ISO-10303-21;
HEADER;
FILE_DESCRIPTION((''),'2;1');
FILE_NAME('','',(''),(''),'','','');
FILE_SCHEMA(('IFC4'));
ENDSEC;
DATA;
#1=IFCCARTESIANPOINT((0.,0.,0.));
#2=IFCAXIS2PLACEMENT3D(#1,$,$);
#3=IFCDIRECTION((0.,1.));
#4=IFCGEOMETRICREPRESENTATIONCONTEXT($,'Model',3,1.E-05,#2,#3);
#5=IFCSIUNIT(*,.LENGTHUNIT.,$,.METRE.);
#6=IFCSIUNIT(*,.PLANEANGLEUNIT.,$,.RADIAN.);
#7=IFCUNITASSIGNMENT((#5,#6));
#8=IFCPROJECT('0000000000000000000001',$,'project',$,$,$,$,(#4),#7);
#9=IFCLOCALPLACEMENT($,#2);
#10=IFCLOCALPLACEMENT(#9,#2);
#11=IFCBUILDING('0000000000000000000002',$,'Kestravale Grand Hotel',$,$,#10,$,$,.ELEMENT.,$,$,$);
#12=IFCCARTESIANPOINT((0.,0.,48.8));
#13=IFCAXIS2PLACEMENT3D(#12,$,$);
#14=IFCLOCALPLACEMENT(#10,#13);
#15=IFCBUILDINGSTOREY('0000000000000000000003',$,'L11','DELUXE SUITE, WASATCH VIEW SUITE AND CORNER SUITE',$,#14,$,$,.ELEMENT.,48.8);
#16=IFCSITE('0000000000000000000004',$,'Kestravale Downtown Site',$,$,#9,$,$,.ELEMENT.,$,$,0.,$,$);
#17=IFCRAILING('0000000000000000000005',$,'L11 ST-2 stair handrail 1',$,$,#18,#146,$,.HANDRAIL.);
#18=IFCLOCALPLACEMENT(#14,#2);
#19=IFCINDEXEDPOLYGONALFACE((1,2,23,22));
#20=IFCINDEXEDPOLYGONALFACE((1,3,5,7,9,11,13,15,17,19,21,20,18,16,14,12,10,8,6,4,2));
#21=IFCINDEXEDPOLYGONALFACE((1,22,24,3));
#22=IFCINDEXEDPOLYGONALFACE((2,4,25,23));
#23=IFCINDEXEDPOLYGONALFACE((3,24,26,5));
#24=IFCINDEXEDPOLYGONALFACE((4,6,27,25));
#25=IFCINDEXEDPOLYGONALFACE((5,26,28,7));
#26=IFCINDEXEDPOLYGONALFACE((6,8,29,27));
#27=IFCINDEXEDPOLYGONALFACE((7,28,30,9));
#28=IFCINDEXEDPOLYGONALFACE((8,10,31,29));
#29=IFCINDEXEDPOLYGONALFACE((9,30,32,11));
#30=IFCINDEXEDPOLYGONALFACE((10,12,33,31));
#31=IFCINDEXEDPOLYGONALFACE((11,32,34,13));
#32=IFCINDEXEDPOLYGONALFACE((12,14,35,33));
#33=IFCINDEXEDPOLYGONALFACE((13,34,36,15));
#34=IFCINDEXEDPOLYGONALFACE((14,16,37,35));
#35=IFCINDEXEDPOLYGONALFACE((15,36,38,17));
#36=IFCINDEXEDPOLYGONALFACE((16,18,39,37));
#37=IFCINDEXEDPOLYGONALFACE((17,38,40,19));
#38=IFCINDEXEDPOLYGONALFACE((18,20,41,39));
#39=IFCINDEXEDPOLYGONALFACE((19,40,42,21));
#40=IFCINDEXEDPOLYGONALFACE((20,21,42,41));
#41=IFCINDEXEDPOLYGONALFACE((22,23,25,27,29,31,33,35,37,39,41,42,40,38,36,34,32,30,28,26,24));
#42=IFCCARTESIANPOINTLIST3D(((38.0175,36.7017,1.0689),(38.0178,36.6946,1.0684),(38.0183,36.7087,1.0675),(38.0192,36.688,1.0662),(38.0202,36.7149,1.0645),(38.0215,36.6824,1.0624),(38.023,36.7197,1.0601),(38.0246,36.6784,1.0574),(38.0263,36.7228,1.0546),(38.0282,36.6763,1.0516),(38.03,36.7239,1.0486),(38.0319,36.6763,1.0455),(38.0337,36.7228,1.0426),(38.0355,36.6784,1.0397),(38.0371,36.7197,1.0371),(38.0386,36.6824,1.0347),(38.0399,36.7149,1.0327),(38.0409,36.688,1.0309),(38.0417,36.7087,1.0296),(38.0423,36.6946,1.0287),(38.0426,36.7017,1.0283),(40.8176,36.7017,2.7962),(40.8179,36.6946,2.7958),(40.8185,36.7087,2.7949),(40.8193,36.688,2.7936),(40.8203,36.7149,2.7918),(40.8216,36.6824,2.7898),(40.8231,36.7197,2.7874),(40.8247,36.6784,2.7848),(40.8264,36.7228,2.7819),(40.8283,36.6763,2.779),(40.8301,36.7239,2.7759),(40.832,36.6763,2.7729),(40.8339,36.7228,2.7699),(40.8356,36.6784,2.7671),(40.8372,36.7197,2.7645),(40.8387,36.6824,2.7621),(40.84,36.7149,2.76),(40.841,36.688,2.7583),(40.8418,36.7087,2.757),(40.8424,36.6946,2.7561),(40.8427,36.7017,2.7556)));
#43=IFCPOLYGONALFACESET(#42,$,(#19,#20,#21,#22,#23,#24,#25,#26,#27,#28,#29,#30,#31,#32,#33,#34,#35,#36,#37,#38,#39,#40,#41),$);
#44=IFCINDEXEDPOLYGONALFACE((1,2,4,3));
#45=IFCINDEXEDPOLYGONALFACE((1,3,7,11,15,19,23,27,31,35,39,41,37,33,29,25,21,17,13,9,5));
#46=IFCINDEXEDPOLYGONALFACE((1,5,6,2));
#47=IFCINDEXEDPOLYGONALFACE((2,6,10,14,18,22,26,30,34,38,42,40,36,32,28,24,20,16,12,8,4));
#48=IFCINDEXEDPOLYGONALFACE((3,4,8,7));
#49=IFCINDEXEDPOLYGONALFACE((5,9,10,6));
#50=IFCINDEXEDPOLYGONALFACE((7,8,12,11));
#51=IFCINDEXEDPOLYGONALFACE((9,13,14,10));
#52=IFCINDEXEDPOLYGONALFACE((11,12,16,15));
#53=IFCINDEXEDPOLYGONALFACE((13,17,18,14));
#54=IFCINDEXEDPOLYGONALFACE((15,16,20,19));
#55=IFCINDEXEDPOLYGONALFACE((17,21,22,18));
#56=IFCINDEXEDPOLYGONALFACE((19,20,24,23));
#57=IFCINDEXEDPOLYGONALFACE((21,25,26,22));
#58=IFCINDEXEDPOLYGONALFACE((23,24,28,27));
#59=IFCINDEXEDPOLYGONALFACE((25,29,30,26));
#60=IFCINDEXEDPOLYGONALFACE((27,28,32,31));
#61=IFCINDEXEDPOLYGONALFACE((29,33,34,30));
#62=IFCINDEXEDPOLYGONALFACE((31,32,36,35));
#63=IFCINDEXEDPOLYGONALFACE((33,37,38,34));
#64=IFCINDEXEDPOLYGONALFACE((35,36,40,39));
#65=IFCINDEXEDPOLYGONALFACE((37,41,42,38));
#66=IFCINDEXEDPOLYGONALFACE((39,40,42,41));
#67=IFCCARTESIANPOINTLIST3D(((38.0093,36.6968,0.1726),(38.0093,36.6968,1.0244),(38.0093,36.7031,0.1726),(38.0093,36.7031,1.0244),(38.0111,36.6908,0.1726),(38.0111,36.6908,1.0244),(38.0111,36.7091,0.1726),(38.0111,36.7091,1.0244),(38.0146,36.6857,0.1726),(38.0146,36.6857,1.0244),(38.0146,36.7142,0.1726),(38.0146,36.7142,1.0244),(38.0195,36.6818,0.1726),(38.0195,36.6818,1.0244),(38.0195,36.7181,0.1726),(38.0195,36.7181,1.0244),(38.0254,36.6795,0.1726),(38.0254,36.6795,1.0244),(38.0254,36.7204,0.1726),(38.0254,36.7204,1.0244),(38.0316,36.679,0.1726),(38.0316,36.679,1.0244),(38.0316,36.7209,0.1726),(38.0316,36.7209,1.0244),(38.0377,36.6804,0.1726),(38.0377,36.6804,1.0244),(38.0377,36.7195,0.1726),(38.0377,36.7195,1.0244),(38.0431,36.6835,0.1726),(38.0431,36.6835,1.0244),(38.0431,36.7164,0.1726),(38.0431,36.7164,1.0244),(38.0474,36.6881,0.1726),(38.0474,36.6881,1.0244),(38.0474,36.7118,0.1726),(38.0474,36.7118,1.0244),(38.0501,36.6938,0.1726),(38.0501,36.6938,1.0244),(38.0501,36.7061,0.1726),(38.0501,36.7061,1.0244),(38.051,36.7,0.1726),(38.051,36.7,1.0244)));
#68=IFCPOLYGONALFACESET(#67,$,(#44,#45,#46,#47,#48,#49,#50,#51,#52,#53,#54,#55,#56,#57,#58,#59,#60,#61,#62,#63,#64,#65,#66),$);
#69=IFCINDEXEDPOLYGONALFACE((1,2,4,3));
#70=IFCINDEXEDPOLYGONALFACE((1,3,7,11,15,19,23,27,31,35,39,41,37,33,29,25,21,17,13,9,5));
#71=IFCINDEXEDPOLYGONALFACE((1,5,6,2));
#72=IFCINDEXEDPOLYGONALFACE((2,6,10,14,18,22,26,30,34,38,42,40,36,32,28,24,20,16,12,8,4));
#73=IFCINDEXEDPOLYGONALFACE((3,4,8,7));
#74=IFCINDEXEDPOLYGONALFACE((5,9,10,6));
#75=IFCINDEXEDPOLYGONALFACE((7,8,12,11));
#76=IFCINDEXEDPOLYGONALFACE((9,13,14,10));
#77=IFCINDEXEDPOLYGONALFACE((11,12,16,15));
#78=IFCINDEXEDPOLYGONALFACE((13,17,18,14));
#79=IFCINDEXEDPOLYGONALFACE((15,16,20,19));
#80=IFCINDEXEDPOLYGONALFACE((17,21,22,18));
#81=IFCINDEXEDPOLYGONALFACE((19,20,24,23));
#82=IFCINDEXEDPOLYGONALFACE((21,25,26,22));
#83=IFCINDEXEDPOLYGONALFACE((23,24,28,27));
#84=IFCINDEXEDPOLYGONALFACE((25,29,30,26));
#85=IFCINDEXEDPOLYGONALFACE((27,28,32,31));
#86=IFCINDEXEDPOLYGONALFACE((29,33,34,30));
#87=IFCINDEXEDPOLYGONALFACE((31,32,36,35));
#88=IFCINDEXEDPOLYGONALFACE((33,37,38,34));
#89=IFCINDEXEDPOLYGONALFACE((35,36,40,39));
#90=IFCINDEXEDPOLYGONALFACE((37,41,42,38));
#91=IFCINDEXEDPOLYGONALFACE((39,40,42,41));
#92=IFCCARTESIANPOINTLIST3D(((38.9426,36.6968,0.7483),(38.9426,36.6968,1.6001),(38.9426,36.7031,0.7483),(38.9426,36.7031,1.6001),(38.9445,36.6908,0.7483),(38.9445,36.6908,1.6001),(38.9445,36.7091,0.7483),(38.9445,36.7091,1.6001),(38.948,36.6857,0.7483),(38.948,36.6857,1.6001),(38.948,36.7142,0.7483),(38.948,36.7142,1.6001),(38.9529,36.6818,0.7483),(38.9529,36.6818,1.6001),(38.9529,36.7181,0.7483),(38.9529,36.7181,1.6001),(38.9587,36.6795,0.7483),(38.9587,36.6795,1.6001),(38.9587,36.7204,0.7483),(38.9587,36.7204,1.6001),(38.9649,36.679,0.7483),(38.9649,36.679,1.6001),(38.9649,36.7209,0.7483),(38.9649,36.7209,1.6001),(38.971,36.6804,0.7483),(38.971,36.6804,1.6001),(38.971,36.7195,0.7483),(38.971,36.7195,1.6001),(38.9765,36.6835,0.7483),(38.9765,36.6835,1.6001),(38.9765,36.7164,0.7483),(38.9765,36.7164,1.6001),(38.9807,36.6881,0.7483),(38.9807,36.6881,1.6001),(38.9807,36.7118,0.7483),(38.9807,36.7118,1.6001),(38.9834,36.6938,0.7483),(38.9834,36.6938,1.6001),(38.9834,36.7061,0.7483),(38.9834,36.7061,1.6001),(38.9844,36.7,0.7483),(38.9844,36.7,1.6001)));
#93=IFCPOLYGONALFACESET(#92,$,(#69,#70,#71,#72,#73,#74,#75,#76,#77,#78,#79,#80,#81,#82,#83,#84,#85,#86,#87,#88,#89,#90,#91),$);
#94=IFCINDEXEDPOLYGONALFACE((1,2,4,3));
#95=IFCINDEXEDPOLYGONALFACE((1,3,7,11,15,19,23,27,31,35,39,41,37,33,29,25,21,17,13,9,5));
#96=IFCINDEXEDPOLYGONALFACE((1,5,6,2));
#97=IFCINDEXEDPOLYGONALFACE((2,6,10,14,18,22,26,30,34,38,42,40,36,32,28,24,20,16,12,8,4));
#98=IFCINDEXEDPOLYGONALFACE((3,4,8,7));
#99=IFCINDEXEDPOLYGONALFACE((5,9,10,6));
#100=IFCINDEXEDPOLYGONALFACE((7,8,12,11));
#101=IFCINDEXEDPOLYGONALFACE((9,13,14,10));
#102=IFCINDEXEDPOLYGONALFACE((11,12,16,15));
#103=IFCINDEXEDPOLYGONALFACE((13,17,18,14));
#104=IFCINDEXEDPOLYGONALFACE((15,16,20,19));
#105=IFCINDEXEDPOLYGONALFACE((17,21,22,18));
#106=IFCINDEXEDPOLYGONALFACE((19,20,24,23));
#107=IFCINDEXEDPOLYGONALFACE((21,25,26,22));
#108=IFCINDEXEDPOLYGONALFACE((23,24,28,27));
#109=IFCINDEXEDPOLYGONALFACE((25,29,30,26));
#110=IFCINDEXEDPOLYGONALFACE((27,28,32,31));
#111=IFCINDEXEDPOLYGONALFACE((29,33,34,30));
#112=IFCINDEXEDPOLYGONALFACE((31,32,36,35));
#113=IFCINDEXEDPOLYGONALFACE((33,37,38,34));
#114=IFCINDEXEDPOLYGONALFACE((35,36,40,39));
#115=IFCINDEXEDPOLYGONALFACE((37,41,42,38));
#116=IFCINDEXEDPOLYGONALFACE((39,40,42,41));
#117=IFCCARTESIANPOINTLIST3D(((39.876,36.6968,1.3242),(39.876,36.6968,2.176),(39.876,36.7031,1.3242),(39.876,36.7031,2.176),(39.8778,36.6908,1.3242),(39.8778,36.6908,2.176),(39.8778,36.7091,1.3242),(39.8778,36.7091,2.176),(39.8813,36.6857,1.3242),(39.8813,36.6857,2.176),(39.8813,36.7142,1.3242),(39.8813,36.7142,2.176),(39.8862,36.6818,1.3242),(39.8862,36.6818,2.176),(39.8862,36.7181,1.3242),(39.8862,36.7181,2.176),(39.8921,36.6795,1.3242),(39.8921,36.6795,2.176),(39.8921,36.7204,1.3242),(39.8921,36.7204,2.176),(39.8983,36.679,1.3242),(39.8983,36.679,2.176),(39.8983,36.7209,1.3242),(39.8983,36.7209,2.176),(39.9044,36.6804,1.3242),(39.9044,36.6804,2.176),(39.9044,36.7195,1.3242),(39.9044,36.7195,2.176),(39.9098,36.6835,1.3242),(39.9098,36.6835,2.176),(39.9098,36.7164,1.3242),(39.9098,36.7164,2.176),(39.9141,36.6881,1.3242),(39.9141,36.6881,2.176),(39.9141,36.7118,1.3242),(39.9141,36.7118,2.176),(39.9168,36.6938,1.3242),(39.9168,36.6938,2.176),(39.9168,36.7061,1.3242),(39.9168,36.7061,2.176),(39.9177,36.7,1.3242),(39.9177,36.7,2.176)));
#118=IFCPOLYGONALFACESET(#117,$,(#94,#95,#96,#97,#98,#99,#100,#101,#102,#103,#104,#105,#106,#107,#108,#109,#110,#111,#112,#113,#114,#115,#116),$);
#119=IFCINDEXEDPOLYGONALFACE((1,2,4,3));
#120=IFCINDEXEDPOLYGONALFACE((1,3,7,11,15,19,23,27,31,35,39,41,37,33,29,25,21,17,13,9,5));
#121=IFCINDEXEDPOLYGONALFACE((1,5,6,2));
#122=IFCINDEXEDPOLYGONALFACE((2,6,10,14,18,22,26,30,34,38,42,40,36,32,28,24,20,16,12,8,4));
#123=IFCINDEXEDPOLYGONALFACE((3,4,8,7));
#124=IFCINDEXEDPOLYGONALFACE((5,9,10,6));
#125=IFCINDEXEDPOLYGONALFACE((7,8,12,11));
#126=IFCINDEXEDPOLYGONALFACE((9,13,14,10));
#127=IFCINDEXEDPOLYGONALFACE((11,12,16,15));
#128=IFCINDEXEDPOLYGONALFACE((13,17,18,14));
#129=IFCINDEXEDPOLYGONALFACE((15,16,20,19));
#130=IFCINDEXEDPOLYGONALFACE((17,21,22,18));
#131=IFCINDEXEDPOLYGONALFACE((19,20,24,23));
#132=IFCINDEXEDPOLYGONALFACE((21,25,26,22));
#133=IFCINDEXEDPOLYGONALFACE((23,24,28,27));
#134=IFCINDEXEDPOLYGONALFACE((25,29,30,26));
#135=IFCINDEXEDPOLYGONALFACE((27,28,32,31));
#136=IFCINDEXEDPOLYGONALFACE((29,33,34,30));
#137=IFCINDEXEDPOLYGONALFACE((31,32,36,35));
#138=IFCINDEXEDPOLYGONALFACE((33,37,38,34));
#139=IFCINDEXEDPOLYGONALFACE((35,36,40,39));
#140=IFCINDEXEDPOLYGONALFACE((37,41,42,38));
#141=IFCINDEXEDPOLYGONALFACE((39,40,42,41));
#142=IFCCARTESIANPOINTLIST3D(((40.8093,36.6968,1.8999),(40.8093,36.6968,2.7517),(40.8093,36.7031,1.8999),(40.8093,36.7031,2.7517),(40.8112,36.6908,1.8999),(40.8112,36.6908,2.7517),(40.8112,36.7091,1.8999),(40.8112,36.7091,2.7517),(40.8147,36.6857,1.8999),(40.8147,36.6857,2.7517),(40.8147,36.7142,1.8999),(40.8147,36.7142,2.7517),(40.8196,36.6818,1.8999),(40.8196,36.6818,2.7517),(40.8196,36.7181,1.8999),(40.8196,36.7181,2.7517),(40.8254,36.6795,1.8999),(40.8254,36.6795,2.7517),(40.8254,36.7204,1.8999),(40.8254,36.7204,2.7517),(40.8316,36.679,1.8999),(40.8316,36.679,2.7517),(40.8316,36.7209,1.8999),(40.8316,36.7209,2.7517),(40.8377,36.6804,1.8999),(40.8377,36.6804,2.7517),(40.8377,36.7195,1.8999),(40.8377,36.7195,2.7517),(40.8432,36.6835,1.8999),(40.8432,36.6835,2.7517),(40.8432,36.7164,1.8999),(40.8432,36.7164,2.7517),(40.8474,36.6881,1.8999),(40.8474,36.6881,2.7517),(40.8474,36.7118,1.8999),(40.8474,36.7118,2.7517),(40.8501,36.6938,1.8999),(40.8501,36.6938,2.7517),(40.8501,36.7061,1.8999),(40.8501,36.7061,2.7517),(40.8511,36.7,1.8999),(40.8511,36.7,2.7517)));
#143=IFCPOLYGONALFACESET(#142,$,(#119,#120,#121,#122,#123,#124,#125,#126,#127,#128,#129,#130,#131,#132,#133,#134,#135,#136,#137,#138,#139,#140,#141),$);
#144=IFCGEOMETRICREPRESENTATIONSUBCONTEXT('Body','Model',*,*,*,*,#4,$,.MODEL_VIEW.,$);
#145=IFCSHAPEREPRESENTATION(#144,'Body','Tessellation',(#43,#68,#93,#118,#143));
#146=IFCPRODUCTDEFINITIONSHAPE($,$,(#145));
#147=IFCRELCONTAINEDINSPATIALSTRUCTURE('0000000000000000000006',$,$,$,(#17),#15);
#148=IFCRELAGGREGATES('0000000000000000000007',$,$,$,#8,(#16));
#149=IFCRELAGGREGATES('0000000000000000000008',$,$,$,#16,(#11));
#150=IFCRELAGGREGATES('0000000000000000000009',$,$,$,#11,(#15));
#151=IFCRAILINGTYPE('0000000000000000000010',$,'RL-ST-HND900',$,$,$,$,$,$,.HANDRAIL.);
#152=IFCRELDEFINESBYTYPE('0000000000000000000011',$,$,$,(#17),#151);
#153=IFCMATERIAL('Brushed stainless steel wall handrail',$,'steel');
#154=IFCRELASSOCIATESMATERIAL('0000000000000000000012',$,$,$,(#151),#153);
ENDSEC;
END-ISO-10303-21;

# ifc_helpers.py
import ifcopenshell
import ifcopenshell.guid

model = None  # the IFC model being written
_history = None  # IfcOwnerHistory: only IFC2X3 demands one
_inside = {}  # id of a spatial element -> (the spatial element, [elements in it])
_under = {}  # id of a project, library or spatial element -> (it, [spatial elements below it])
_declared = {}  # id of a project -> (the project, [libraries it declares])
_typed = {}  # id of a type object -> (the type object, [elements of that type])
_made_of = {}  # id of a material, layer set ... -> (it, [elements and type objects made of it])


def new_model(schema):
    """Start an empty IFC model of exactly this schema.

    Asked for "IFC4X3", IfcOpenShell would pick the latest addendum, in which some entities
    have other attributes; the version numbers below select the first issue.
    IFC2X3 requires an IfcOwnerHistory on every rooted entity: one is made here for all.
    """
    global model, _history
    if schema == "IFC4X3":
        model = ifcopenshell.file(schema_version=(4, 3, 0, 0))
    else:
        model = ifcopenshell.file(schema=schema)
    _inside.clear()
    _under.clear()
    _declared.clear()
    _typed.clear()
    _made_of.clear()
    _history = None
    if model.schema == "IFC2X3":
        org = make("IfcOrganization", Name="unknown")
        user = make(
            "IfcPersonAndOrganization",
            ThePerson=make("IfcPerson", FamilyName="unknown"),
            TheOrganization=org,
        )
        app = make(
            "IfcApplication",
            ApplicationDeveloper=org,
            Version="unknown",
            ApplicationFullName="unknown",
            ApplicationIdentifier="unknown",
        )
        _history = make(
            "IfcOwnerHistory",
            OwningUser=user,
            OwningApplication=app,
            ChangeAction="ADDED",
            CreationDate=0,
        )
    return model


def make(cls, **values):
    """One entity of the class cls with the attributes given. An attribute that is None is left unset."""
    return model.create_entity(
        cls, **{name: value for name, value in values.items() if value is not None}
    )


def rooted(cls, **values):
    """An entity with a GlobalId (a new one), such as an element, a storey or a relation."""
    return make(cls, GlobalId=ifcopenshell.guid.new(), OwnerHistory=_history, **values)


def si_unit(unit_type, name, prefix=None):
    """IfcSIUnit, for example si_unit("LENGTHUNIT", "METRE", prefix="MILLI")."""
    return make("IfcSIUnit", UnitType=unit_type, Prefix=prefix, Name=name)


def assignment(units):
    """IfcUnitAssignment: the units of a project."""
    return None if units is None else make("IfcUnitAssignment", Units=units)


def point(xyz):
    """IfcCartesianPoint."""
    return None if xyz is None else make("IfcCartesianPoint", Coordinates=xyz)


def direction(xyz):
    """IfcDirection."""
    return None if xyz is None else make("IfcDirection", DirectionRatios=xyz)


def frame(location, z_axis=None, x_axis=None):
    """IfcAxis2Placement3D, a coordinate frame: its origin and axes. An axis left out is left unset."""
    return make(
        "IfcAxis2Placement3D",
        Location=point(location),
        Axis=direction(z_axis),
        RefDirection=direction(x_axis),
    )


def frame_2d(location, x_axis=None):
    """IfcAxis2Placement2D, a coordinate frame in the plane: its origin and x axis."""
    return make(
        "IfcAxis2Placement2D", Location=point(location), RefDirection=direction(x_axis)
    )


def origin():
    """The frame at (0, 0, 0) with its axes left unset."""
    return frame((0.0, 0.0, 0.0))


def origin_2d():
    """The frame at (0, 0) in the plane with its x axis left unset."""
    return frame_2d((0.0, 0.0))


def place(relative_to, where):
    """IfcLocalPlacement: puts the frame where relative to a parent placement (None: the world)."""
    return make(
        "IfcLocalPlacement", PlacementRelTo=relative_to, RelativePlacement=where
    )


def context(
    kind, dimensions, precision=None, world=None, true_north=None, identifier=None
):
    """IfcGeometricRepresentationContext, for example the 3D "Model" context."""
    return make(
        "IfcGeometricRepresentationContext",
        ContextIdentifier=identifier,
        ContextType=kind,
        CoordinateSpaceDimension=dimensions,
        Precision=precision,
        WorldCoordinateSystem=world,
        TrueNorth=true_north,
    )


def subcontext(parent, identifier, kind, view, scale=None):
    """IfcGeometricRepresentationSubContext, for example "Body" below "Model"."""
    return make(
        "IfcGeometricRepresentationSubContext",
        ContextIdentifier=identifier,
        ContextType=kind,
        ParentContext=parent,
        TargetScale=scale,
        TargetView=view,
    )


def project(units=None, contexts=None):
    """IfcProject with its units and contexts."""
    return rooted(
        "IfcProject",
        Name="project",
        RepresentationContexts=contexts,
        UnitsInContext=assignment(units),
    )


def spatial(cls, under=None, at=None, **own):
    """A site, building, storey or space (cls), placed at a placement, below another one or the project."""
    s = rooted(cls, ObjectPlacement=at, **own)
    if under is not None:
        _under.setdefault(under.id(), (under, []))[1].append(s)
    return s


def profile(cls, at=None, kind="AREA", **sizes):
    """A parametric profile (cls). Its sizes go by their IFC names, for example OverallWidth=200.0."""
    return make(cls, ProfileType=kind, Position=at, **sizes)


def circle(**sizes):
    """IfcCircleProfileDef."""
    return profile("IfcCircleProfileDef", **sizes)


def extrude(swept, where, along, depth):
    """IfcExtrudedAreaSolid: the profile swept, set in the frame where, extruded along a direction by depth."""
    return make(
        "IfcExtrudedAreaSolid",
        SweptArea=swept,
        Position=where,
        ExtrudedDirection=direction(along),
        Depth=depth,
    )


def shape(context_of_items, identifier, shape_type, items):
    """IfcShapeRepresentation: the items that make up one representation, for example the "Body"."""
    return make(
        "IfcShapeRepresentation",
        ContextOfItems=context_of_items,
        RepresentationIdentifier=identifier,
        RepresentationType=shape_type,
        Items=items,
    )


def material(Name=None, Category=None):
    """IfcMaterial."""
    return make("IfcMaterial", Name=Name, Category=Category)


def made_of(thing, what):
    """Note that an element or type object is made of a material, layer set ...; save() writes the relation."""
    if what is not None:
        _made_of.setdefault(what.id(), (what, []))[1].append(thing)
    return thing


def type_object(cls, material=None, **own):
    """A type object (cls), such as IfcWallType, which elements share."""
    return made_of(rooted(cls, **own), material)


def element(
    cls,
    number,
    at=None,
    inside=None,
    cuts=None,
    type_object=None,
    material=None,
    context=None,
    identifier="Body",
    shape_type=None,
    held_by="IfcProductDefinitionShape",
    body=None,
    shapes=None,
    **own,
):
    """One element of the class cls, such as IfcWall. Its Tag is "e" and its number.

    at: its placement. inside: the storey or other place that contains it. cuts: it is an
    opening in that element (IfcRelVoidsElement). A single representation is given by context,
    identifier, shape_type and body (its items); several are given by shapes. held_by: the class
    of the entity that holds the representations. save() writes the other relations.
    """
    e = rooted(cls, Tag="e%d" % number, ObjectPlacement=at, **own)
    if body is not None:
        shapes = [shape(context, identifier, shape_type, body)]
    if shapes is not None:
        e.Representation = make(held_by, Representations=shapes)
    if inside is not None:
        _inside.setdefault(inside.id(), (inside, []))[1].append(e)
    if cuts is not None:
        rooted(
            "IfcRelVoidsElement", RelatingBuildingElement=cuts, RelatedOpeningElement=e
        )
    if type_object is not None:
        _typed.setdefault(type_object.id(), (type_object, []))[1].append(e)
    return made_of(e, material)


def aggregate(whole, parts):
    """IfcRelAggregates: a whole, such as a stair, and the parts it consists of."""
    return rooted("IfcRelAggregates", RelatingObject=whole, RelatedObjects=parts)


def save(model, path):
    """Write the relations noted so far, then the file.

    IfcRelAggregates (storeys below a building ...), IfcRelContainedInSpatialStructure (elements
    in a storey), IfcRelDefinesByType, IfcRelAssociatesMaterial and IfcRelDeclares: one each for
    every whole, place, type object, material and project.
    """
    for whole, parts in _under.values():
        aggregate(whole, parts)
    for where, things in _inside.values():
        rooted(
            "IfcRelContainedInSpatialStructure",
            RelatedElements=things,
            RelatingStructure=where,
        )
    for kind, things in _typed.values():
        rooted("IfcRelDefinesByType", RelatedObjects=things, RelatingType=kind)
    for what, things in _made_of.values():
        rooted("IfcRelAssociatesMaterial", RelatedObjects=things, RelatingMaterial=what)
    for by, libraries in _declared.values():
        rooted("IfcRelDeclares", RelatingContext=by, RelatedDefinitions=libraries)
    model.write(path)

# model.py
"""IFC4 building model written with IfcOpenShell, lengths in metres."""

from ifc_helpers import new_model, si_unit, direction, frame, origin, origin_2d, place, context, subcontext, project, spatial, circle, extrude, material, type_object, element, save


model = new_model("IFC4")

# Units and contexts
model_context = context("Model", 3, precision=1e-05, world=origin(), true_north=direction((0.0, 1.0)))
body_context = subcontext(model_context, "Body", "Model", "MODEL_VIEW")
ifc_project = project(units=[si_unit("LENGTHUNIT", "METRE"), si_unit("PLANEANGLEUNIT", "RADIAN")], contexts=[model_context])

# Site, building, storey
site_placement = place(None, origin())
site = spatial("IfcSite", under=ifc_project, at=site_placement, Name="Kestravale Downtown Site", CompositionType="ELEMENT", RefElevation=0.0)
building_placement = place(site_placement, origin())
building = spatial("IfcBuilding", under=site, at=building_placement, Name="Kestravale Grand Hotel", CompositionType="ELEMENT")
storey_placement = place(building_placement, frame((0.0, 0.0, 48.8)))
storey = spatial("IfcBuildingStorey", under=building, at=storey_placement, Name="L11", Description="DELUXE SUITE, WASATCH VIEW SUITE AND CORNER SUITE", CompositionType="ELEMENT", Elevation=48.8)

# Railing
ifc_material_1 = material(Name="Brushed stainless steel wall handrail", Category="steel")
railing_type_1 = type_object("IfcRailingType", Name="RL-ST-HND900", PredefinedType="HANDRAIL", material=ifc_material_1)
railing_1_placement = place(storey_placement, frame((38.03, 36.7, 0.1726)))
element("IfcRailing", 1, at=railing_1_placement, inside=storey, type_object=railing_type_1, Name="L11 ST-2 stair handrail 1", PredefinedType="HANDRAIL", context=body_context, shape_type="SweptSolid", body=[
    extrude(circle(Radius=0.0239, at=origin_2d()), frame((0.0, 0.0, 0.876), z_axis=(0.85109, 0.0, 0.52502), x_axis=(0.0, 1.0, 0.0)), (0.0, 0.0, 1.0), 3.29),
    extrude(circle(Radius=0.021, at=origin_2d()), origin(), (0.0, 0.0, 1.0), 0.8518),
    extrude(circle(Radius=0.021, at=origin_2d()), frame((0.9333, 0.0, 0.5757)), (0.0, 0.0, 1.0), 0.8518),
    extrude(circle(Radius=0.021, at=origin_2d()), frame((1.8667, 0.0, 1.1516)), (0.0, 0.0, 1.0), 0.8518),
    extrude(circle(Radius=0.021, at=origin_2d()), frame((2.8, 0.0, 1.7273)), (0.0, 0.0, 1.0), 0.8518),
])

save(model, "model.ifc")
